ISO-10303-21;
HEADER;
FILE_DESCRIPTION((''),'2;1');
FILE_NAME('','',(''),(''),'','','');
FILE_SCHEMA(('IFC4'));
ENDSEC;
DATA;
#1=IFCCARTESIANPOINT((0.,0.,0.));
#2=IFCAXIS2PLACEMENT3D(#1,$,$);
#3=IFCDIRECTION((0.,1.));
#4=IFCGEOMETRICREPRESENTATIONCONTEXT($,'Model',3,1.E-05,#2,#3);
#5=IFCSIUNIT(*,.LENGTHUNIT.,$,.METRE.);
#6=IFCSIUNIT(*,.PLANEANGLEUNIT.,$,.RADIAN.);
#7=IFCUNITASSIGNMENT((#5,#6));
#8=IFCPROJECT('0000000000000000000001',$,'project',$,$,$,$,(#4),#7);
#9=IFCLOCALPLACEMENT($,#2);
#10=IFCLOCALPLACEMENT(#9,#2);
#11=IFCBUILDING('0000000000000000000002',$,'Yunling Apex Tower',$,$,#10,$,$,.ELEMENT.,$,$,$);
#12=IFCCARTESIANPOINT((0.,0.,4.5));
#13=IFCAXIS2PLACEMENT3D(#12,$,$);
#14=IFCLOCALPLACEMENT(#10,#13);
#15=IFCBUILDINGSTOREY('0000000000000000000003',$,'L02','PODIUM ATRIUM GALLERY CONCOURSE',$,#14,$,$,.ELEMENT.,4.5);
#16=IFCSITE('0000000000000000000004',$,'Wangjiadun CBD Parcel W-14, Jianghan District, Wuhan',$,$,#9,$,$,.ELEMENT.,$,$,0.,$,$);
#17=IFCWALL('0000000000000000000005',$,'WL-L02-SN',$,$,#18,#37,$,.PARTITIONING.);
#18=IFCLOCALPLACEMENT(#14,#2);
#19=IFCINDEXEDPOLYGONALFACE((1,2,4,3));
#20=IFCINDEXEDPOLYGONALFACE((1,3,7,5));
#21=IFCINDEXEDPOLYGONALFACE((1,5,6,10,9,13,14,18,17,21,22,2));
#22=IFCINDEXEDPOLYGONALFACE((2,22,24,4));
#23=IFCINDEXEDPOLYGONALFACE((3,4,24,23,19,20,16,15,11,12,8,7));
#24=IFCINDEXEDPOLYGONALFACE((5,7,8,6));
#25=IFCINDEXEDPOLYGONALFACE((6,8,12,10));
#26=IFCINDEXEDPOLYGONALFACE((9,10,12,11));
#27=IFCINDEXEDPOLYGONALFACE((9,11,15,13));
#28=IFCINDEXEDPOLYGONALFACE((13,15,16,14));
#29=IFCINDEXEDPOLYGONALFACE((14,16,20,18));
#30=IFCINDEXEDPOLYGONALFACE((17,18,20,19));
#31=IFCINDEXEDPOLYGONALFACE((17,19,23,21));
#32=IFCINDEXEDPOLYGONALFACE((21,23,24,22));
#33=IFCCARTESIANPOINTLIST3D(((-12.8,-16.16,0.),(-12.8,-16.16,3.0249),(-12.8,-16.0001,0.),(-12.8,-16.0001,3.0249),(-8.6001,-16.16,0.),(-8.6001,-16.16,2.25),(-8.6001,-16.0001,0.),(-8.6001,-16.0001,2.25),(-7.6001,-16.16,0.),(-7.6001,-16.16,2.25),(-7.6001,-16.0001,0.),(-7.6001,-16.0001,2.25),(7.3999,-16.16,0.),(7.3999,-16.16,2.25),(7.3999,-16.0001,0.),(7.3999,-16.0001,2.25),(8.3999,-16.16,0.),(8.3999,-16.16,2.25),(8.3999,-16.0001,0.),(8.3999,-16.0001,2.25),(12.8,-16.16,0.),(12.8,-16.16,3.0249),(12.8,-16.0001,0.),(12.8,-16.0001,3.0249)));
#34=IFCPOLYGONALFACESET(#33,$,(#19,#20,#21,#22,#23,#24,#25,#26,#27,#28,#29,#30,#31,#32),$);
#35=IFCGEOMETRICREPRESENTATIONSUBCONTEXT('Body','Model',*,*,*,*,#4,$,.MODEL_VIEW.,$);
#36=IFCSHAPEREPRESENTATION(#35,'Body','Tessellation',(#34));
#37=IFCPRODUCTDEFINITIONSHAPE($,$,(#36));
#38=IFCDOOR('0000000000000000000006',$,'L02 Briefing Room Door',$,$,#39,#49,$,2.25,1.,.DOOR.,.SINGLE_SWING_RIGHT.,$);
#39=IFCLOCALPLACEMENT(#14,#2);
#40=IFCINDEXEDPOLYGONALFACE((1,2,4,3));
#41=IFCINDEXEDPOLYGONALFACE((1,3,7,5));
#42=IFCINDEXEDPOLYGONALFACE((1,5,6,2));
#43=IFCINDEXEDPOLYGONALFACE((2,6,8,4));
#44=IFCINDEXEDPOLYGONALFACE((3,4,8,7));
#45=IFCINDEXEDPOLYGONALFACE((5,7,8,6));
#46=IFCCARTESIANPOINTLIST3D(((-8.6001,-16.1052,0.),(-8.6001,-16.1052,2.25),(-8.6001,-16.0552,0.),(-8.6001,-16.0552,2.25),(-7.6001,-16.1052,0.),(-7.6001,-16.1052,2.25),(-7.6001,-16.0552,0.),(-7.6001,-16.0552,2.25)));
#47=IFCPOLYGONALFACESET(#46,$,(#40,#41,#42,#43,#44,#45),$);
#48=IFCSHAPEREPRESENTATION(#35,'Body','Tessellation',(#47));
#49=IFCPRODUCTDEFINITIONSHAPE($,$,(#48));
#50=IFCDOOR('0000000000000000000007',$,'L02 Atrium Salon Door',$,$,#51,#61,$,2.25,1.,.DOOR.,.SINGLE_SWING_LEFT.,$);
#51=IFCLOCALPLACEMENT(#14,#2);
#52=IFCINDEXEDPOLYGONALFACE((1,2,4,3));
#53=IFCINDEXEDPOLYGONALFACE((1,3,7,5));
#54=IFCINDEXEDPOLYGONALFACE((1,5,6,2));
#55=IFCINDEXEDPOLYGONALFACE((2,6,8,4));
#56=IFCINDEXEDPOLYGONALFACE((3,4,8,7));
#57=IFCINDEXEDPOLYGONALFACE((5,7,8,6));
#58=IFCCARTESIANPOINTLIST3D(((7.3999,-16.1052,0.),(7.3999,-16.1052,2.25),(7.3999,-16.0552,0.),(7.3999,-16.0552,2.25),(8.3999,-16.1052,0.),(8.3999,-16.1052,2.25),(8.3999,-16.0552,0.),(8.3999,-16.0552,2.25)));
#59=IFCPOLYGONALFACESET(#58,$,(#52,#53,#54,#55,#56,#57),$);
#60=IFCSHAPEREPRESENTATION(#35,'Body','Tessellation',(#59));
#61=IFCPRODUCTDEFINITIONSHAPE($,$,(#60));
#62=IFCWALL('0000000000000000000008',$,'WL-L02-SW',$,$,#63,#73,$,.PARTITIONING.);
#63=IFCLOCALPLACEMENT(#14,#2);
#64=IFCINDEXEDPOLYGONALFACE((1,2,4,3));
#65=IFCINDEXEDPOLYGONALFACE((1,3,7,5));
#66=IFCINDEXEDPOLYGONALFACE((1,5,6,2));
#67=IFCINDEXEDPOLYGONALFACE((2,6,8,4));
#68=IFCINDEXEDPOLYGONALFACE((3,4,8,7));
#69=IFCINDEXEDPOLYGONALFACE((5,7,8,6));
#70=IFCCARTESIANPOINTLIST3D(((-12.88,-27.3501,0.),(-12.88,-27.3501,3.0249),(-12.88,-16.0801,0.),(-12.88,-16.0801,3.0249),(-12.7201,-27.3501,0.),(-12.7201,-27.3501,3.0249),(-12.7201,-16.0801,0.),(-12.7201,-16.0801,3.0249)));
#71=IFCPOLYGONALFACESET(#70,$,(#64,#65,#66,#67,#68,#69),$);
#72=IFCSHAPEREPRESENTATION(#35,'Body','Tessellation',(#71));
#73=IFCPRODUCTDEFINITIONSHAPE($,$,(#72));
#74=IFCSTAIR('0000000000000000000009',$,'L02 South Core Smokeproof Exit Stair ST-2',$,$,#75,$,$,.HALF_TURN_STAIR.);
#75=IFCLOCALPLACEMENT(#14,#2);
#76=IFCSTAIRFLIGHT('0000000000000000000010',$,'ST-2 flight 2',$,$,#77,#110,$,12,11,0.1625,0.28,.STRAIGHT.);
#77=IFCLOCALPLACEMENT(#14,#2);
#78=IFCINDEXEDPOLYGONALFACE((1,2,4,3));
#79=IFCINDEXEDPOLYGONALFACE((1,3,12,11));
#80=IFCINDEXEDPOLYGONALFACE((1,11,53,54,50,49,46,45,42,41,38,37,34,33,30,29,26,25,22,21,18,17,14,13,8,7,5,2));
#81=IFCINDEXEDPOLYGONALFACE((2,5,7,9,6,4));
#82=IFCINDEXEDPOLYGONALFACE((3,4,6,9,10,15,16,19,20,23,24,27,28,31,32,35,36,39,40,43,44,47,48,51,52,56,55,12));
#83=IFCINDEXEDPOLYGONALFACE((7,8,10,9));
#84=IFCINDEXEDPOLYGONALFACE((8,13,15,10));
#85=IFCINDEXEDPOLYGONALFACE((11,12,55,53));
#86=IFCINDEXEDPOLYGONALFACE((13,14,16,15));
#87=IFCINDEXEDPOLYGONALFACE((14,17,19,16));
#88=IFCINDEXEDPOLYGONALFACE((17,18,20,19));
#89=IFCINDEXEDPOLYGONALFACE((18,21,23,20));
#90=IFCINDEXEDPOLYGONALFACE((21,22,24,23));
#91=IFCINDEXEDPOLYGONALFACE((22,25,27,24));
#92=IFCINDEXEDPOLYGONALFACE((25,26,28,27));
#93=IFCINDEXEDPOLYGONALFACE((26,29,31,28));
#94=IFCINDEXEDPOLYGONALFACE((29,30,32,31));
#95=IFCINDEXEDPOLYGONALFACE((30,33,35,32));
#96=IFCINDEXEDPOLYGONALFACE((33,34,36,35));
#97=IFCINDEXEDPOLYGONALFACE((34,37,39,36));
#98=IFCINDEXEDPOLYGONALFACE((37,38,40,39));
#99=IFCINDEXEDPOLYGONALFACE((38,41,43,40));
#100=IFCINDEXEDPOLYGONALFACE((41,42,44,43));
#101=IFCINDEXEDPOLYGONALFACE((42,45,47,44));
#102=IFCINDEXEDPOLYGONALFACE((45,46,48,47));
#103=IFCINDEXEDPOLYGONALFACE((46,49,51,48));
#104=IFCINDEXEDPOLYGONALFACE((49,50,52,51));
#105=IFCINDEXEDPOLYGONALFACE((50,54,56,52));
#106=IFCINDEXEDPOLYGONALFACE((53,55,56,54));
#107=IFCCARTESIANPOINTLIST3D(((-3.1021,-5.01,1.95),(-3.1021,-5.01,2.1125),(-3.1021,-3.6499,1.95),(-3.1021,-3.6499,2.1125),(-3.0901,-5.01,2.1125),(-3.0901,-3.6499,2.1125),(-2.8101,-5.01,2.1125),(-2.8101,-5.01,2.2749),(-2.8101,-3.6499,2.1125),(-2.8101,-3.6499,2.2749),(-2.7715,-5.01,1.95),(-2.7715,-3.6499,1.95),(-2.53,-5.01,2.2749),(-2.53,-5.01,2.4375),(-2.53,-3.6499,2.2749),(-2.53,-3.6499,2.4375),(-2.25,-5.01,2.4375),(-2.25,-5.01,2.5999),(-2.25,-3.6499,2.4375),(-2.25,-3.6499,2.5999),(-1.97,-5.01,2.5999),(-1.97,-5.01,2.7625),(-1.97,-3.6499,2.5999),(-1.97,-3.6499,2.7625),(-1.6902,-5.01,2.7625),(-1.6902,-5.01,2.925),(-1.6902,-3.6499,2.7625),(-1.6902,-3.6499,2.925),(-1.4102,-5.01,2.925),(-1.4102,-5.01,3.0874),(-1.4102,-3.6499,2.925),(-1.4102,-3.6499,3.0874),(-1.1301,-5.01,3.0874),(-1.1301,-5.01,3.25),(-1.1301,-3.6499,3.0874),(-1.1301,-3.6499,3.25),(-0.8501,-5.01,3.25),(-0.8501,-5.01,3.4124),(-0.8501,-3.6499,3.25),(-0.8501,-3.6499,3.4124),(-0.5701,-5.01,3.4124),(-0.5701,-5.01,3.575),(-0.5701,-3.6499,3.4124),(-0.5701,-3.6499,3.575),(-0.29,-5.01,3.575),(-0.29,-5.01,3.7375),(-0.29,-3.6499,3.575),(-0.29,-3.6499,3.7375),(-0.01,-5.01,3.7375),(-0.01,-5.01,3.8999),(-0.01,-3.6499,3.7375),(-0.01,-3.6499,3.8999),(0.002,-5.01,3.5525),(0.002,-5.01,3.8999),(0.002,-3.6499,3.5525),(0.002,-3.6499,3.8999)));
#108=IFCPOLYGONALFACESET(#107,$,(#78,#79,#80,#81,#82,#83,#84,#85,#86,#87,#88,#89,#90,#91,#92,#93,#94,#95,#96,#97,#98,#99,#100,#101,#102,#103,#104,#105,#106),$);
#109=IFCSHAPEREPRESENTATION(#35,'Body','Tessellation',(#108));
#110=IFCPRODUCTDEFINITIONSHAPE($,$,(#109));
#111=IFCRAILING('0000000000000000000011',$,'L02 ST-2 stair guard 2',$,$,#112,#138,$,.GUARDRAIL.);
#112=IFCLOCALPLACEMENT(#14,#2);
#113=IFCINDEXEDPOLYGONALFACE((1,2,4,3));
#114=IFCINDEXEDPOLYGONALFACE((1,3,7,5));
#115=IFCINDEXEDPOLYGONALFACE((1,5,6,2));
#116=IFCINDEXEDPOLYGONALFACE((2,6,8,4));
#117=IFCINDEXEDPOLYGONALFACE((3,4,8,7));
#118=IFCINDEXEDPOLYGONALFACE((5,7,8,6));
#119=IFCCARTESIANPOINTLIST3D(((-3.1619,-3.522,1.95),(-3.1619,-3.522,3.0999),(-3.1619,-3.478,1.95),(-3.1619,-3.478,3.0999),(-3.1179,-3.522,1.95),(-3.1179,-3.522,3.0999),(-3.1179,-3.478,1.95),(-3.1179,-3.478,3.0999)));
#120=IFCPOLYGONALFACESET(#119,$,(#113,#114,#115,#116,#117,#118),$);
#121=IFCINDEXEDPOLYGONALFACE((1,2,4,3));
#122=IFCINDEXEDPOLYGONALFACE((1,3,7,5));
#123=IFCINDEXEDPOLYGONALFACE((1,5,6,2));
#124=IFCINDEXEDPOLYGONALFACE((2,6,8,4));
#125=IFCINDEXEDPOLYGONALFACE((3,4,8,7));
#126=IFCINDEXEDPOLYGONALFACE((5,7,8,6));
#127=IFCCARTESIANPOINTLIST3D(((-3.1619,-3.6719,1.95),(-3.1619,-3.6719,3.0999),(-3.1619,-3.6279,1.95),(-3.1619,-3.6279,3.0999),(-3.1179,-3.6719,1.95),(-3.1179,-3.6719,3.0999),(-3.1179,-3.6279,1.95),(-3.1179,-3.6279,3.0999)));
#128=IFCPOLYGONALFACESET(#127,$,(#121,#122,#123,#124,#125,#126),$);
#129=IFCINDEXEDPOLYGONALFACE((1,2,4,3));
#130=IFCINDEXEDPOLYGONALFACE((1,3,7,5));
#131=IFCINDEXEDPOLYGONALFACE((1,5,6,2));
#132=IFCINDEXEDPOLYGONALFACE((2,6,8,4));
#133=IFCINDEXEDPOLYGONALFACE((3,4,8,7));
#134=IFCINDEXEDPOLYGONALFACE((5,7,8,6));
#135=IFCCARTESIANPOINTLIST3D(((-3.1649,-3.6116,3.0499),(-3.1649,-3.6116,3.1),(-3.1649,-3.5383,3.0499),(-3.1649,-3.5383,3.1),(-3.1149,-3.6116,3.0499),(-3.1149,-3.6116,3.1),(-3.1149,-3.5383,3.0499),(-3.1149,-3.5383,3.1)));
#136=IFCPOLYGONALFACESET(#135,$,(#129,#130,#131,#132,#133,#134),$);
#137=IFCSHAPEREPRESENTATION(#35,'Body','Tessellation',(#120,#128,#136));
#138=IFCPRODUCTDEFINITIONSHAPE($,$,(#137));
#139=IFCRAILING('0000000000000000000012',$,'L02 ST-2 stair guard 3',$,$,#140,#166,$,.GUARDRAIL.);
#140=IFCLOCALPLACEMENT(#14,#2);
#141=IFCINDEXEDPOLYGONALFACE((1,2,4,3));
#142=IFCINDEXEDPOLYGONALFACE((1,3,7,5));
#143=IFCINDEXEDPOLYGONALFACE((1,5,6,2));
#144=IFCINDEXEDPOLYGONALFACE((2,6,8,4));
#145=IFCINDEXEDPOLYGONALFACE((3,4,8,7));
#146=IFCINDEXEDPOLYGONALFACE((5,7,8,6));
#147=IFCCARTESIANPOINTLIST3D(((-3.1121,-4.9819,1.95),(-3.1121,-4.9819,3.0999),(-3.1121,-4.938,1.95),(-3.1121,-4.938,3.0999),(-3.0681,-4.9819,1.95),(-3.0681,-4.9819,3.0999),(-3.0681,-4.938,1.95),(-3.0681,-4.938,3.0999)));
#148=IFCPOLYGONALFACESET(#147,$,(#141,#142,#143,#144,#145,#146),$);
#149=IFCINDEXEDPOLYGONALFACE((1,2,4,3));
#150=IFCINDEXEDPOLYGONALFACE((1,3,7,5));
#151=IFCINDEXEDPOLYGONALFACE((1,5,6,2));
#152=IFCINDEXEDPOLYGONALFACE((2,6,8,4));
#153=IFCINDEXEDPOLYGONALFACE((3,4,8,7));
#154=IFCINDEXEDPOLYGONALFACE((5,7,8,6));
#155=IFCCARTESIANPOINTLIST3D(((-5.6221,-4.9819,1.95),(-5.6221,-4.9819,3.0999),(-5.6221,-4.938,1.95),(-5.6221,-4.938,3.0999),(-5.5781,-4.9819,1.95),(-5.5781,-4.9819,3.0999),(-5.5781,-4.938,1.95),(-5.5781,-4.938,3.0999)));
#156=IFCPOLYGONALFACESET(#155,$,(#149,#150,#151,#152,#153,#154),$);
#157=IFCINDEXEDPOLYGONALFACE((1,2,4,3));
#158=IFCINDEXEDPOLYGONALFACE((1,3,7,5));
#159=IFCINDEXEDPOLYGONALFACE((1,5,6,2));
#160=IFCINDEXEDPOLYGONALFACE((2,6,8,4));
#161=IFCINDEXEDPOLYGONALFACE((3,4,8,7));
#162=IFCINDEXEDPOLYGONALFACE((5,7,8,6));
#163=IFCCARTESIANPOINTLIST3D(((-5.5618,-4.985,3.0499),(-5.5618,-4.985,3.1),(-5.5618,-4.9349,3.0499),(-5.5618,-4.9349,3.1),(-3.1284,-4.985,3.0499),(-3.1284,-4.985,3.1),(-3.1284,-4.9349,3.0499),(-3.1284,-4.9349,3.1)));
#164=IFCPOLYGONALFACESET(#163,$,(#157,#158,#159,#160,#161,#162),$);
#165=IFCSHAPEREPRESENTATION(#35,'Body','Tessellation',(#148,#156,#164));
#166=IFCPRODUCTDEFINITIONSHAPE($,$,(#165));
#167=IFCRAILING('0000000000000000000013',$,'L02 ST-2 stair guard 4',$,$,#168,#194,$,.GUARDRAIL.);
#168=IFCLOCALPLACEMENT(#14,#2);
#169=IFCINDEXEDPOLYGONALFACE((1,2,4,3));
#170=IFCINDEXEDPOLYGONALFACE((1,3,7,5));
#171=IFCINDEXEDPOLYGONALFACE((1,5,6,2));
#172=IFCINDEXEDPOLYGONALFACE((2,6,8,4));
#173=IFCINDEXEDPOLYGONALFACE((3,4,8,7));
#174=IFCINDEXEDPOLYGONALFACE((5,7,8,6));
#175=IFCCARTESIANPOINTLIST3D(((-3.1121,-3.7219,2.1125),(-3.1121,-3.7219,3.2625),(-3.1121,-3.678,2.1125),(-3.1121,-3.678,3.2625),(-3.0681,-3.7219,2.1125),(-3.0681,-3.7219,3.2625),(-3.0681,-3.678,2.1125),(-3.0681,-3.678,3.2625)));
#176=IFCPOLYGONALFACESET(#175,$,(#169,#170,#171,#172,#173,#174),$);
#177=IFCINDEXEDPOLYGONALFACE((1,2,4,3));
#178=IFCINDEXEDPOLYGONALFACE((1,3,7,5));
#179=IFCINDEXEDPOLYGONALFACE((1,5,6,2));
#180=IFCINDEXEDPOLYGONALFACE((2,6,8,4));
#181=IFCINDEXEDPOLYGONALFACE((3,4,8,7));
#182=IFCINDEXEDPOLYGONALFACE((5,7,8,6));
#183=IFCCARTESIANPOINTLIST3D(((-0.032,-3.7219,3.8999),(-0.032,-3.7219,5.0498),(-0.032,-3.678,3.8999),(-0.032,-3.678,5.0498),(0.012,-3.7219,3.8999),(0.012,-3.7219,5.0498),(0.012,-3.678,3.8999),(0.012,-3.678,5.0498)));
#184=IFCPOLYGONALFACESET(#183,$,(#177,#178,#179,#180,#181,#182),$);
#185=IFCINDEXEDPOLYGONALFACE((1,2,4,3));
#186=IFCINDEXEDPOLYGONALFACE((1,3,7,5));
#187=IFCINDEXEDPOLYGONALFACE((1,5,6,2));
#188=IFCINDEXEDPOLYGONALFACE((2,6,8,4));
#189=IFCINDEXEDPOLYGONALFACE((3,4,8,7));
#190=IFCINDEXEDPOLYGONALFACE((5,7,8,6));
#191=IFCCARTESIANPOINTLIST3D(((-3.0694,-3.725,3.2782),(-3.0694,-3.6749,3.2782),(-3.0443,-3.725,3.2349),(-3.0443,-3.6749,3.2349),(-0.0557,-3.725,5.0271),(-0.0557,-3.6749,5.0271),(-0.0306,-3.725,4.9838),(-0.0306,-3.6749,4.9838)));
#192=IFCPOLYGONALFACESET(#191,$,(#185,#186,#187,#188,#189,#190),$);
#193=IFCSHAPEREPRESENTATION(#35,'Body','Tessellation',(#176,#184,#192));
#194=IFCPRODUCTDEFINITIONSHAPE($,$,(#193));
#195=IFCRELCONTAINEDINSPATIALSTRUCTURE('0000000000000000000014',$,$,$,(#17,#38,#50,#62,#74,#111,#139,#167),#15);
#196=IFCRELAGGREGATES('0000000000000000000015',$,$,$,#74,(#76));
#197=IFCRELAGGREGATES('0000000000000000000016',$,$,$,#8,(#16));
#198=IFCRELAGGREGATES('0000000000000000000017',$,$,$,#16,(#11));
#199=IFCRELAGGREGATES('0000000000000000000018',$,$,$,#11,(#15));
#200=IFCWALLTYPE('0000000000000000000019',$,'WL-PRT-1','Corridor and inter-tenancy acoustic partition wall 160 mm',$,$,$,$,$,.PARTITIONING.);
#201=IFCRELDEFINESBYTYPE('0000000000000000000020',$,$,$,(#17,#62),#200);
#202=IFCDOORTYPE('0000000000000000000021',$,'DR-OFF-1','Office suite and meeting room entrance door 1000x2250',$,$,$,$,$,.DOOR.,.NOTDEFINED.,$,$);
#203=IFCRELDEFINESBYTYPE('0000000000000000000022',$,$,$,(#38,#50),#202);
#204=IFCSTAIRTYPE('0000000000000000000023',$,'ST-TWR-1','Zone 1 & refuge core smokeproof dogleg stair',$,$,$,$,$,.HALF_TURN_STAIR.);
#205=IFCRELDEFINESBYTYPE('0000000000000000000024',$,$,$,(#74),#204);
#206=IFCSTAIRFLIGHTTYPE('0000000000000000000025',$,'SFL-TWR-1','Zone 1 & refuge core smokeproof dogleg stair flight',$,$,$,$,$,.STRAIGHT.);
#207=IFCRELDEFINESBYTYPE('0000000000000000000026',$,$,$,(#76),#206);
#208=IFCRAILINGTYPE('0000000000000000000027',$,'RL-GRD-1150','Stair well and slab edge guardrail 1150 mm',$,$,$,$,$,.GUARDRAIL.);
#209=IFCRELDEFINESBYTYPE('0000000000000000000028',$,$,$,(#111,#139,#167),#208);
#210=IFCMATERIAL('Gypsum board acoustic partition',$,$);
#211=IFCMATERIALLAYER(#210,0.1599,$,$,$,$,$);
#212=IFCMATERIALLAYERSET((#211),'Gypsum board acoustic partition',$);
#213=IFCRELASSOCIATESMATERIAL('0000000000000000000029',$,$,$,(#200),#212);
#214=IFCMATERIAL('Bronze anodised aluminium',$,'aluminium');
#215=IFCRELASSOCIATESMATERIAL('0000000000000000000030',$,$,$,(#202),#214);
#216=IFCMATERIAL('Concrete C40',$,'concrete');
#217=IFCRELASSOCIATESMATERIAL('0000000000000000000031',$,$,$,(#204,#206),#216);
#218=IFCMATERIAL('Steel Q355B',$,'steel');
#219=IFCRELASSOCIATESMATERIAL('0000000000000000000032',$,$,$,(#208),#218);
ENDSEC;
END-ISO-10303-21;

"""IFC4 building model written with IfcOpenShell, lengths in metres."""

from ifc_helpers import new_model, si_unit, direction, frame, frame_2d, origin, origin_2d, place, context, subcontext, project, spatial, polyline, rectangle, outline, extrude, material, layer, layer_set, type_object, element, fill, aggregate, save


model = new_model("IFC4")

# Units and contexts
model_context = context("Model", 3, precision=1e-05, world=origin(), true_north=direction((0.0, 1.0)))
body_context = subcontext(model_context, "Body", "Model", "MODEL_VIEW")
ifc_project = project(units=[si_unit("LENGTHUNIT", "METRE"), si_unit("PLANEANGLEUNIT", "RADIAN")], contexts=[model_context])

# Site, building, storey
site_placement = place(None, origin())
site = spatial("IfcSite", under=ifc_project, at=site_placement, Name="Wangjiadun CBD Parcel W-14, Jianghan District, Wuhan", CompositionType="ELEMENT", RefElevation=0.0)
building_placement = place(site_placement, origin())
building = spatial("IfcBuilding", under=site, at=building_placement, Name="Yunling Apex Tower", CompositionType="ELEMENT")
storey_placement = place(building_placement, frame((0.0, 0.0, 4.5)))
storey = spatial("IfcBuildingStorey", under=building, at=storey_placement, Name="L02", Description="PODIUM ATRIUM GALLERY CONCOURSE", CompositionType="ELEMENT", Elevation=4.5)

# Shared definitions
ifc_material_1 = material(Name="Steel Q355B", Category="steel")

# Shared definitions
ifc_material_2 = material(Name="Concrete C40", Category="concrete")

# Wall, openings, doors
ifc_material_3 = material(Name="Gypsum board acoustic partition")
ifc_layer_1 = layer(ifc_material_3, 0.1599)
ifc_layer_set_1 = layer_set([ifc_layer_1], Name="Gypsum board acoustic partition")
wall_type_1 = type_object("IfcWallType", Name="WL-PRT-1", Description="Corridor and inter-tenancy acoustic partition wall 160 mm", PredefinedType="PARTITIONING", material=ifc_layer_set_1)
wall_1_placement = place(storey_placement, frame((-12.8, -16.0801, 0.0), z_axis=(0.0, 0.0, 1.0), x_axis=(1.0, 0.0, 0.0)))
wall_1 = element("IfcWall", 1, at=wall_1_placement, inside=storey, type_object=wall_type_1, Name="WL-L02-SN", PredefinedType="PARTITIONING", context=body_context, shape_type="SweptSolid", body=[
    extrude(rectangle(XDim=25.6001, YDim=0.1599, at=frame_2d((12.8, 0.0))), origin(), (0.0, 0.0, 1.0), 3.0249),
])
opening_1_placement = place(wall_1_placement, frame((4.2, 0.0, 0.0)))
opening_1 = element("IfcOpeningElement", 2, at=opening_1_placement, cuts=wall_1, PredefinedType="OPENING", context=body_context, shape_type="SweptSolid", body=[
    extrude(rectangle(XDim=1.0, YDim=2.25, at=frame_2d((0.5, 1.125))), frame((0.0, 0.0898, 0.0), z_axis=(0.0, -1.0, 0.0), x_axis=(1.0, 0.0, 0.0)), (0.0, 0.0, 1.0), 0.1799),
])
opening_2_placement = place(wall_1_placement, frame((20.2, 0.0, 0.0)))
opening_2 = element("IfcOpeningElement", 3, at=opening_2_placement, cuts=wall_1, PredefinedType="OPENING", context=body_context, shape_type="SweptSolid", body=[
    extrude(rectangle(XDim=1.0, YDim=2.25, at=frame_2d((0.5, 1.125))), frame((0.0, 0.0898, 0.0), z_axis=(0.0, -1.0, 0.0), x_axis=(1.0, 0.0, 0.0)), (0.0, 0.0, 1.0), 0.1799),
])
ifc_material_4 = material(Name="Bronze anodised aluminium", Category="aluminium")
door_type_1 = type_object("IfcDoorType", Name="DR-OFF-1", Description="Office suite and meeting room entrance door 1000x2250", OperationType="NOTDEFINED", PredefinedType="DOOR", material=ifc_material_4)
door_1_placement = place(opening_1_placement, origin())
door_1 = element("IfcDoor", 4, at=door_1_placement, inside=storey, type_object=door_type_1, Name="L02 Briefing Room Door", OperationType="SINGLE_SWING_RIGHT", OverallHeight=2.25, OverallWidth=1.0, PredefinedType="DOOR", context=body_context, shape_type="SweptSolid", body=[
    extrude(rectangle(XDim=1.0, YDim=2.25, at=frame_2d((0.5, 1.125))), frame((0.0, 0.0249, 0.0), z_axis=(0.0, -1.0, 0.0), x_axis=(1.0, 0.0, 0.0)), (0.0, 0.0, 1.0), 0.05),
])
fill(opening_1, door_1)
door_2_placement = place(opening_2_placement, origin())
door_2 = element("IfcDoor", 5, at=door_2_placement, inside=storey, type_object=door_type_1, Name="L02 Atrium Salon Door", OperationType="SINGLE_SWING_LEFT", OverallHeight=2.25, OverallWidth=1.0, PredefinedType="DOOR", context=body_context, shape_type="SweptSolid", body=[
    extrude(rectangle(XDim=1.0, YDim=2.25, at=frame_2d((0.5, 1.125))), frame((0.0, 0.0249, 0.0), z_axis=(0.0, -1.0, 0.0), x_axis=(1.0, 0.0, 0.0)), (0.0, 0.0, 1.0), 0.05),
])
fill(opening_2, door_2)

# Wall
wall_2_placement = place(storey_placement, frame((-12.8, -27.3501, 0.0), z_axis=(0.0, 0.0, 1.0), x_axis=(0.0, 1.0, 0.0)))
element("IfcWall", 6, at=wall_2_placement, inside=storey, type_object=wall_type_1, Name="WL-L02-SW", PredefinedType="PARTITIONING", context=body_context, shape_type="SweptSolid", body=[
    extrude(rectangle(XDim=11.27, YDim=0.1599, at=frame_2d((5.635, 0.0))), origin(), (0.0, 0.0, 1.0), 3.0249),
])

# Stair, stair flight
stair_type = type_object("IfcStairType", Name="ST-TWR-1", Description="Zone 1 & refuge core smokeproof dogleg stair", PredefinedType="HALF_TURN_STAIR", material=ifc_material_2)
stair_placement = place(storey_placement, origin())
stair = element("IfcStair", 7, at=stair_placement, inside=storey, type_object=stair_type, Name="L02 South Core Smokeproof Exit Stair ST-2", PredefinedType="HALF_TURN_STAIR")
stair_flight_type = type_object("IfcStairFlightType", Name="SFL-TWR-1", Description="Zone 1 & refuge core smokeproof dogleg stair flight", PredefinedType="STRAIGHT", material=ifc_material_2)
stair_flight_placement = place(storey_placement, frame((-3.0901, -4.3301, 1.95), z_axis=(0.0, 0.0, 1.0), x_axis=(1.0, 0.0, 0.0)))
stair_flight = element("IfcStairFlight", 8, at=stair_flight_placement, type_object=stair_flight_type, Name="ST-2 flight 2", NumberOfRisers=12, NumberOfTreads=11, PredefinedType="STRAIGHT", RiserHeight=0.1625, TreadLength=0.28, context=body_context, shape_type="SweptSolid", body=[
    extrude(outline(polyline([(-0.012, 0.0), (-0.012, 0.1626), (0.0, 0.1626), (0.28, 0.1626), (0.28, 0.325), (0.5601, 0.325), (0.5601, 0.4875), (0.8401, 0.4875), (0.8401, 0.6499), (1.1201, 0.6499), (1.1201, 0.8125), (1.3999, 0.8125), (1.3999, 0.9751), (1.6799, 0.9751), (1.6799, 1.1375), (1.96, 1.1375), (1.96, 1.3), (2.24, 1.3), (2.24, 1.4624), (2.52, 1.4624), (2.52, 1.625), (2.8, 1.625), (2.8, 1.7876), (3.0801, 1.7876), (3.0801, 1.95), (3.092, 1.95), (3.092, 1.6025), (0.3186, 0.0), (-0.012, 0.0)])), frame((0.0, 0.6802, 0.0), z_axis=(0.0, -1.0, 0.0), x_axis=(1.0, 0.0, 0.0)), (0.0, 0.0, 1.0), 1.3601),
])
aggregate(stair, [stair_flight])

# Railings
railing_type_1 = type_object("IfcRailingType", Name="RL-GRD-1150", Description="Stair well and slab edge guardrail 1150 mm", PredefinedType="GUARDRAIL", material=ifc_material_1)
railing_1_placement = place(storey_placement, frame((-3.1399, -3.5, 1.95)))
element("IfcRailing", 9, at=railing_1_placement, inside=storey, type_object=railing_type_1, Name="L02 ST-2 stair guard 2", PredefinedType="GUARDRAIL", context=body_context, shape_type="SweptSolid", body=[
    extrude(rectangle(XDim=0.0439, YDim=0.0439, at=origin_2d()), origin(), (0.0, 0.0, 1.0), 1.1499),
    extrude(rectangle(XDim=0.0439, YDim=0.0439, at=origin_2d()), frame((0.0, -0.1499, 0.0)), (0.0, 0.0, 1.0), 1.1499),
    extrude(rectangle(XDim=0.05, YDim=0.05, at=origin_2d()), frame((0.0, -0.0383, 1.125), z_axis=(0.0, -1.0, 0.0), x_axis=(1.0, 0.0, 0.0)), (0.0, 0.0, 1.0), 0.0732),
])
railing_2_placement = place(storey_placement, frame((-3.0901, -4.96, 1.95)))
element("IfcRailing", 10, at=railing_2_placement, inside=storey, type_object=railing_type_1, Name="L02 ST-2 stair guard 3", PredefinedType="GUARDRAIL", context=body_context, shape_type="SweptSolid", body=[
    extrude(rectangle(XDim=0.0439, YDim=0.0439, at=origin_2d()), origin(), (0.0, 0.0, 1.0), 1.1499),
    extrude(rectangle(XDim=0.0439, YDim=0.0439, at=origin_2d()), frame((-2.51, 0.0, 0.0)), (0.0, 0.0, 1.0), 1.1499),
    extrude(rectangle(XDim=0.05, YDim=0.05, at=origin_2d()), frame((-0.0383, 0.0, 1.125), z_axis=(-1.0, 0.0, 0.0), x_axis=(0.0, -1.0, 0.0)), (0.0, 0.0, 1.0), 2.4333),
])
railing_3_placement = place(storey_placement, frame((-3.0901, -3.7, 2.1125)))
element("IfcRailing", 11, at=railing_3_placement, inside=storey, type_object=railing_type_1, Name="L02 ST-2 stair guard 4", PredefinedType="GUARDRAIL", context=body_context, shape_type="SweptSolid", body=[
    extrude(rectangle(XDim=0.0439, YDim=0.0439, at=origin_2d()), origin(), (0.0, 0.0, 1.0), 1.1499),
    extrude(rectangle(XDim=0.0439, YDim=0.0439, at=origin_2d()), frame((3.0801, 0.0, 1.7874)), (0.0, 0.0, 1.0), 1.1499),
    extrude(rectangle(XDim=0.05, YDim=0.05, at=origin_2d()), frame((0.0332, 0.0, 1.144), z_axis=(0.86492, 0.0, 0.501909), x_axis=(0.0, 1.0, 0.0)), (0.0, 0.0, 1.0), 3.4844),
])

save(model, "model.ifc")
